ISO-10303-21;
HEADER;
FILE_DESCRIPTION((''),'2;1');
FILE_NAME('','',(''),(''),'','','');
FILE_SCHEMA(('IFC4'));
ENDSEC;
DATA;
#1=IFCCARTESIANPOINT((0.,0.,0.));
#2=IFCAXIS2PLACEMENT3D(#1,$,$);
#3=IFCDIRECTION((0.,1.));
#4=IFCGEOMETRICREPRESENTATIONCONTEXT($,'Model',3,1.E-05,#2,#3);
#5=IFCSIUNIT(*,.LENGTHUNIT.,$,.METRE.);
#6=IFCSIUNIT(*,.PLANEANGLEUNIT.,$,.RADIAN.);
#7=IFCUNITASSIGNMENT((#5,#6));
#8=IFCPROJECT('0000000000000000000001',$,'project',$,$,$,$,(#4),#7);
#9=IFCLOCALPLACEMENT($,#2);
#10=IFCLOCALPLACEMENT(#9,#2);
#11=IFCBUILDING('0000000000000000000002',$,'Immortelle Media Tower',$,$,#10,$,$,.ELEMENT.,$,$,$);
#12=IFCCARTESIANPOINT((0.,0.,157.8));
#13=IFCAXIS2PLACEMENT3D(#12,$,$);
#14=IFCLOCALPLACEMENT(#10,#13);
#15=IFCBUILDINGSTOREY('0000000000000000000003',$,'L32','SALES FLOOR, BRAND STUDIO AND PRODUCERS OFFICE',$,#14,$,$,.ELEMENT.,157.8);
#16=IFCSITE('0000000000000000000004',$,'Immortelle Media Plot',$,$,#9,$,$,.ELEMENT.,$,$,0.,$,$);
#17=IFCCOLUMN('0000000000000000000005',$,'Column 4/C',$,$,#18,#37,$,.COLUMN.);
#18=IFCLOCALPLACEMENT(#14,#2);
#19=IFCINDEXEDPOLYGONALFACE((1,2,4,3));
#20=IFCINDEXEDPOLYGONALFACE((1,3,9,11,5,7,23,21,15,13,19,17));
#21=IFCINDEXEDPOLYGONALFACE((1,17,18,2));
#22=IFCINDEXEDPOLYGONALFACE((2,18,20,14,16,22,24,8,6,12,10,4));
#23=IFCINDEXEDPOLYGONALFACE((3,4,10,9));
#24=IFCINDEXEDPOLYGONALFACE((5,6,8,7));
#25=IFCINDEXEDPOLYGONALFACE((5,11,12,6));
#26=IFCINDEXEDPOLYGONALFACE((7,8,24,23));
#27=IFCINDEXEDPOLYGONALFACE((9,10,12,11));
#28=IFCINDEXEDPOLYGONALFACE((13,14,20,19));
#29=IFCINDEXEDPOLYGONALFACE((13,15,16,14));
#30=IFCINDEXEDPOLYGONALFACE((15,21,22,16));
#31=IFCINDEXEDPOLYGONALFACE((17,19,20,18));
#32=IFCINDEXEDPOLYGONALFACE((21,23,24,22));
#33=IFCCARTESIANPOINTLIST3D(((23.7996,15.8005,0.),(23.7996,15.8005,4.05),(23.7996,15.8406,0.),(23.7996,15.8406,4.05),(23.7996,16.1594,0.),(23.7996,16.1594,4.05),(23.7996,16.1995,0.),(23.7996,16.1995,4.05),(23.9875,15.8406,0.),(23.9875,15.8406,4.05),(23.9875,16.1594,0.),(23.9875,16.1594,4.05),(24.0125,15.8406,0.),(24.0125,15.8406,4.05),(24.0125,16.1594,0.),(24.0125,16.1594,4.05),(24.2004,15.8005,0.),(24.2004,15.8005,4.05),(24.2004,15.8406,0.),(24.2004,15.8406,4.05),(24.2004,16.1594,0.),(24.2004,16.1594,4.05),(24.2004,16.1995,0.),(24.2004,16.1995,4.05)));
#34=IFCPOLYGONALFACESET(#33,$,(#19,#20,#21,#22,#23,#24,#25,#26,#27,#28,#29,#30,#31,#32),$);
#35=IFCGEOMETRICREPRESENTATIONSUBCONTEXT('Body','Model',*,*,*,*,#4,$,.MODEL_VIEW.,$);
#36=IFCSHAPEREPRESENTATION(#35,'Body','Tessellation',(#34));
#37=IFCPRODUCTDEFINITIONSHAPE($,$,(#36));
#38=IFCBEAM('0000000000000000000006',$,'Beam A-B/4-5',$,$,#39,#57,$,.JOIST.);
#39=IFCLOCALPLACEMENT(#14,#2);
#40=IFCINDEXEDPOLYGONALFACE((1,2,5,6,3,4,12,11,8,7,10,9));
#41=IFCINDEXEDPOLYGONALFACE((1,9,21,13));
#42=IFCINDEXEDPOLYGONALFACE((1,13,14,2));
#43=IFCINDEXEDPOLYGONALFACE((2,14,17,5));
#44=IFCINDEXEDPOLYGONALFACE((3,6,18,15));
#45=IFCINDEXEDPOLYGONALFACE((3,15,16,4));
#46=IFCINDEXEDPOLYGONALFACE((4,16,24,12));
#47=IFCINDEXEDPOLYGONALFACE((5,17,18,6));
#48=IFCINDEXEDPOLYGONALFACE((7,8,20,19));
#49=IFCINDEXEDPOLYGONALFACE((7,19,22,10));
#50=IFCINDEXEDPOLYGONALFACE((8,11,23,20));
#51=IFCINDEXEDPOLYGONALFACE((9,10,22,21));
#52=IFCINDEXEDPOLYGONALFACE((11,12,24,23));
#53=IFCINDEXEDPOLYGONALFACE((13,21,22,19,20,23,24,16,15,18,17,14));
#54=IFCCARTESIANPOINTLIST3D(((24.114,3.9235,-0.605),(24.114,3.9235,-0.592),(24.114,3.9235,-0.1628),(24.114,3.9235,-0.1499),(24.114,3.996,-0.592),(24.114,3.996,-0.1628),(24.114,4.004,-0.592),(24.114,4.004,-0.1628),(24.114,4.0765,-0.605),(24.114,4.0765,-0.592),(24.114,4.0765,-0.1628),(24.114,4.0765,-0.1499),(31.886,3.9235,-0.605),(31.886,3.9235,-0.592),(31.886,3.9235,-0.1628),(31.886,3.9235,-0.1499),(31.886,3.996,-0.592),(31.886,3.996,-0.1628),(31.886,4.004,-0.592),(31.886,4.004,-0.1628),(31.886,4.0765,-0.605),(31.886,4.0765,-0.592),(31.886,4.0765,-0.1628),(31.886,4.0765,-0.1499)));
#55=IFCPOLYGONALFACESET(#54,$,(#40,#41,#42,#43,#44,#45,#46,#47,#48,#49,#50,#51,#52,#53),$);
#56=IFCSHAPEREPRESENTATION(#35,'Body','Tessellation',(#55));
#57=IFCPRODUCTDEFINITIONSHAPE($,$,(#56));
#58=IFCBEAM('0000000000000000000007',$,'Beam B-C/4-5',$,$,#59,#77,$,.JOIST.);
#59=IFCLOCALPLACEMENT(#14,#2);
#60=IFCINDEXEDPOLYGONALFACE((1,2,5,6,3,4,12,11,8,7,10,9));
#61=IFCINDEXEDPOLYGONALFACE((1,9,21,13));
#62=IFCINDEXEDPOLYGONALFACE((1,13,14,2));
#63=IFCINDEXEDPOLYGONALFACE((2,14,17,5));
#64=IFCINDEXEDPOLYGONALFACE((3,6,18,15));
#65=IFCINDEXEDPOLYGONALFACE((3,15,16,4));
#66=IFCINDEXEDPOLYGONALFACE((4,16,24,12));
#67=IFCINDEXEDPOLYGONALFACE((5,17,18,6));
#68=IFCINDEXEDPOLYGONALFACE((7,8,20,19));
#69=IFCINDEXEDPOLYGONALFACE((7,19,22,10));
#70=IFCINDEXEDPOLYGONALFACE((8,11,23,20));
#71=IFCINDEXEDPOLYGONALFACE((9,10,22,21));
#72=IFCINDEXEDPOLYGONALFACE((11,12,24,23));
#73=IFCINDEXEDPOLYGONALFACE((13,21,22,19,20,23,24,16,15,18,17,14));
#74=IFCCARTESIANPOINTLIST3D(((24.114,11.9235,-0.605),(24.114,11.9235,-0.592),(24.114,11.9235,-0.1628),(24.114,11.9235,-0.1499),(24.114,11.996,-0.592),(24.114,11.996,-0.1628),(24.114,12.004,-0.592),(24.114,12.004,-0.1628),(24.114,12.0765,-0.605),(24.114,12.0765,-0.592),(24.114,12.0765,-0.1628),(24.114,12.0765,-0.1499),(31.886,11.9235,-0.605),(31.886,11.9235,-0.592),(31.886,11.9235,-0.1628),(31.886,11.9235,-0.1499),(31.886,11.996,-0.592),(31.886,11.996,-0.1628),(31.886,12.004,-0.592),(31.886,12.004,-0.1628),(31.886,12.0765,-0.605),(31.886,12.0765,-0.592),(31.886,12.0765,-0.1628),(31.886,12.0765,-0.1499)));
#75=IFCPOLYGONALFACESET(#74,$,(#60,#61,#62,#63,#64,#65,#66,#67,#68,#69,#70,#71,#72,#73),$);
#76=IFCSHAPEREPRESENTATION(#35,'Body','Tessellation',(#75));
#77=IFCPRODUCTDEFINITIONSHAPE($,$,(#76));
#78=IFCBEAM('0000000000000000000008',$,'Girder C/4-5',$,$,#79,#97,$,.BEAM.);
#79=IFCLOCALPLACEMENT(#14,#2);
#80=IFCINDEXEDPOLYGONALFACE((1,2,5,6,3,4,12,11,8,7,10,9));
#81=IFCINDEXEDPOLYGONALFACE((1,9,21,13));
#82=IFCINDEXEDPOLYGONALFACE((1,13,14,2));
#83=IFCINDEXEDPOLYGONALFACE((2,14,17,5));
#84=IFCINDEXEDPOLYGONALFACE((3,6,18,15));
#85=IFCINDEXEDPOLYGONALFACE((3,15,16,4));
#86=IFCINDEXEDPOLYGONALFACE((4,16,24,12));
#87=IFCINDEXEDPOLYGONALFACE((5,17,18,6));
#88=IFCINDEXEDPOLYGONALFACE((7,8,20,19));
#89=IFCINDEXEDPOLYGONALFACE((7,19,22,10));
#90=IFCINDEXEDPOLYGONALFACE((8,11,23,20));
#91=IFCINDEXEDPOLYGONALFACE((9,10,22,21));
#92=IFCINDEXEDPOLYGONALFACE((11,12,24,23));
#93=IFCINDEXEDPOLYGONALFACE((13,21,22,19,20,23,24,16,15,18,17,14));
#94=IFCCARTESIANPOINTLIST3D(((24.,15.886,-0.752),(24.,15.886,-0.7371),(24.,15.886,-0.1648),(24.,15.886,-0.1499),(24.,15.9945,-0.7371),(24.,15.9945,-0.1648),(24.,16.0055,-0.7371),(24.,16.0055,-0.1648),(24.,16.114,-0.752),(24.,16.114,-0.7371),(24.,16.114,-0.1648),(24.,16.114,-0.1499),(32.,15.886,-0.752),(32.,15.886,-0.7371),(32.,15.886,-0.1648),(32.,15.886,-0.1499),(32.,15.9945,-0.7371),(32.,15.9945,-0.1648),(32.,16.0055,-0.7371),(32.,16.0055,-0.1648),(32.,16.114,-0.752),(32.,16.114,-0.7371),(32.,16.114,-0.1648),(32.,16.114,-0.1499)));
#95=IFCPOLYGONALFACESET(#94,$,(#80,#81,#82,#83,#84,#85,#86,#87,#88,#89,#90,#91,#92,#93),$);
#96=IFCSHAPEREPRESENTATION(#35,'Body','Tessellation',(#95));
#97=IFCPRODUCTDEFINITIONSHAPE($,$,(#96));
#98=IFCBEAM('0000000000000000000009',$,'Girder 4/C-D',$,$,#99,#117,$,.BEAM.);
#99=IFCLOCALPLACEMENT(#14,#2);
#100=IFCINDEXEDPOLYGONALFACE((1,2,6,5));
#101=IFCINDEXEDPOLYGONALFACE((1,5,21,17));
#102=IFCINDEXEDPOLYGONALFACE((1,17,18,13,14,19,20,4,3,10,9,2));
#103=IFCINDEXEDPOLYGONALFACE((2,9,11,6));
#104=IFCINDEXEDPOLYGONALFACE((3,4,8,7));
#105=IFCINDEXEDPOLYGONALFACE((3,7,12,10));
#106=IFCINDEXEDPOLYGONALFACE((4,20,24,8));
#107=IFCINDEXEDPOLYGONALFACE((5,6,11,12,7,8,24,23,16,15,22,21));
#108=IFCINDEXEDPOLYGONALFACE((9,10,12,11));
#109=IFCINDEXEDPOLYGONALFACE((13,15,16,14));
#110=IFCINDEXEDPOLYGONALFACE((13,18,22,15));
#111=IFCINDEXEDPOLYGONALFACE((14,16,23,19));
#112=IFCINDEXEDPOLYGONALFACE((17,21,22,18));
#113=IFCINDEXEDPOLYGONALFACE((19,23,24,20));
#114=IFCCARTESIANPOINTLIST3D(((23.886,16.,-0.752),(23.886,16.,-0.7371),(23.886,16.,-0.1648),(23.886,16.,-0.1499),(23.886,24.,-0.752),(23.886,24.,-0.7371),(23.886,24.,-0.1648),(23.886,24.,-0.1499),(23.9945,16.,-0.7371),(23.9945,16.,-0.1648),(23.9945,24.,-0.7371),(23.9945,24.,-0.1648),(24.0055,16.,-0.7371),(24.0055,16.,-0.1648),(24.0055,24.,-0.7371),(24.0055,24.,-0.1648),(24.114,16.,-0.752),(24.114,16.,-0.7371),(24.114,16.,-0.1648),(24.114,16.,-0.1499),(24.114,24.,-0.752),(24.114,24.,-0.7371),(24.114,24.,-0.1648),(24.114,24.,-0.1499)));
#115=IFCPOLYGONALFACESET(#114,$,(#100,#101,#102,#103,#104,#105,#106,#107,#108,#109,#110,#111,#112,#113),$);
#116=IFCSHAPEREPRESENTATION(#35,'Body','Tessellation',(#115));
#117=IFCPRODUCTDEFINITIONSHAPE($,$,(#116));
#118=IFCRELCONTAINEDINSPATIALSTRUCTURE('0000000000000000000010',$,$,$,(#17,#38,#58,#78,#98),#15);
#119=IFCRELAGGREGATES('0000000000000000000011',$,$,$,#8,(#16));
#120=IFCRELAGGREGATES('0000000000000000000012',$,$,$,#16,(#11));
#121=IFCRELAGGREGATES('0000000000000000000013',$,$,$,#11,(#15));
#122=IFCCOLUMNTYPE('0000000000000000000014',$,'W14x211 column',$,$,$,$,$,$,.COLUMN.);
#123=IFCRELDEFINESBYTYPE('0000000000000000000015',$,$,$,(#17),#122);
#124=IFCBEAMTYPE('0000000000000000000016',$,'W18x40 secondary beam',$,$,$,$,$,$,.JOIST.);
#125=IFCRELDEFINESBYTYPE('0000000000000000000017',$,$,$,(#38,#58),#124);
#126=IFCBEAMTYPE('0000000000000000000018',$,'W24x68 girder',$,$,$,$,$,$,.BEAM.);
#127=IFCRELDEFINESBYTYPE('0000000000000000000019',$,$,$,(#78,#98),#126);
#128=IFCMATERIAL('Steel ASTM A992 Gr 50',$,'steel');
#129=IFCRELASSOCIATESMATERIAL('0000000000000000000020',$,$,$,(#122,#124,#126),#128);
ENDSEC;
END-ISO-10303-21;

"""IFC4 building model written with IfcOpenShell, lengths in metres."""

from ifc_helpers import new_model, si_unit, direction, frame, origin, origin_2d, place, context, subcontext, project, spatial, i_section, extrude, material, material_profile, profile_set, type_object, element, save


model = new_model("IFC4")

# Units and contexts
model_context = context("Model", 3, precision=1e-05, world=origin(), true_north=direction((0.0, 1.0)))
body_context = subcontext(model_context, "Body", "Model", "MODEL_VIEW")
ifc_project = project(units=[si_unit("LENGTHUNIT", "METRE"), si_unit("PLANEANGLEUNIT", "RADIAN")], contexts=[model_context])

# Site, building, storey
site_placement = place(None, origin())
site = spatial("IfcSite", under=ifc_project, at=site_placement, Name="Immortelle Media Plot", CompositionType="ELEMENT", RefElevation=0.0)
building_placement = place(site_placement, origin())
building = spatial("IfcBuilding", under=site, at=building_placement, Name="Immortelle Media Tower", CompositionType="ELEMENT")
storey_placement = place(building_placement, frame((0.0, 0.0, 157.8)))
storey = spatial("IfcBuildingStorey", under=building, at=storey_placement, Name="L32", Description="SALES FLOOR, BRAND STUDIO AND PRODUCERS OFFICE", CompositionType="ELEMENT", Elevation=157.8)

# Column
ifc_material_1 = material(Name="Steel ASTM A992 Gr 50", Category="steel")
ifc_material_profile_1 = material_profile(ifc_material_1, i_section(OverallWidth=0.4009, OverallDepth=0.3989, WebThickness=0.0249, FlangeThickness=0.04, at=origin_2d()), Name="W14x211")
ifc_profile_set_1 = profile_set([ifc_material_profile_1], Name="Steel ASTM A992 Gr 50")
column_type = type_object("IfcColumnType", Name="W14x211 column", PredefinedType="COLUMN", material=ifc_profile_set_1)
column_placement = place(storey_placement, frame((24.0, 16.0, 0.0), z_axis=(0.0, 0.0, 1.0), x_axis=(1.0, 0.0, 0.0)))
element("IfcColumn", 1, at=column_placement, inside=storey, type_object=column_type, Name="Column 4/C", PredefinedType="COLUMN", context=body_context, shape_type="SweptSolid", body=[
    extrude(i_section(OverallWidth=0.4009, OverallDepth=0.3989, WebThickness=0.0249, FlangeThickness=0.04, at=origin_2d()), origin(), (0.0, 0.0, 1.0), 4.05),
])

# Beams
ifc_material_profile_2 = material_profile(ifc_material_1, i_section(OverallWidth=0.1531, OverallDepth=0.4551, WebThickness=0.0081, FlangeThickness=0.0129, at=origin_2d()), Name="W18x40")
ifc_profile_set_2 = profile_set([ifc_material_profile_2], Name="Steel ASTM A992 Gr 50")
beam_type_1 = type_object("IfcBeamType", Name="W18x40 secondary beam", PredefinedType="JOIST", material=ifc_profile_set_2)
for number, where, z_axis, x_axis, name in (
    (2, (24.114, 4.0, -0.3774), (1.0, 0.0, 0.0), (0.0, 1.0, 0.0), "Beam A-B/4-5"),
    (3, (24.114, 12.0, -0.3774), (1.0, 0.0, 0.0), (0.0, 1.0, 0.0), "Beam B-C/4-5"),
):
    element("IfcBeam", number, at=place(storey_placement, frame(where, z_axis=z_axis, x_axis=x_axis)), inside=storey, type_object=beam_type_1, Name=name, PredefinedType="JOIST", context=body_context, shape_type="SweptSolid", body=[
        extrude(i_section(OverallWidth=0.1531, OverallDepth=0.4551, WebThickness=0.0081, FlangeThickness=0.0129, at=origin_2d()), origin(), (0.0, 0.0, 1.0), 7.772),
    ])
ifc_material_profile_3 = material_profile(ifc_material_1, i_section(OverallWidth=0.228, OverallDepth=0.6021, WebThickness=0.011, FlangeThickness=0.0149, at=origin_2d()), Name="W24x68")
ifc_profile_set_3 = profile_set([ifc_material_profile_3], Name="Steel ASTM A992 Gr 50")
beam_type_2 = type_object("IfcBeamType", Name="W24x68 girder", PredefinedType="BEAM", material=ifc_profile_set_3)
for number, where, z_axis, x_axis, name in (
    (4, (24.0, 16.0, -0.4509), (1.0, 0.0, 0.0), (0.0, 1.0, 0.0), "Girder C/4-5"),
    (5, (24.0, 16.0, -0.4509), (0.0, 1.0, 0.0), (-1.0, 0.0, 0.0), "Girder 4/C-D"),
):
    element("IfcBeam", number, at=place(storey_placement, frame(where, z_axis=z_axis, x_axis=x_axis)), inside=storey, type_object=beam_type_2, Name=name, PredefinedType="BEAM", context=body_context, shape_type="SweptSolid", body=[
        extrude(i_section(OverallWidth=0.228, OverallDepth=0.6021, WebThickness=0.011, FlangeThickness=0.0149, at=origin_2d()), origin(), (0.0, 0.0, 1.0), 8.0),
    ])

save(model, "model.ifc")
